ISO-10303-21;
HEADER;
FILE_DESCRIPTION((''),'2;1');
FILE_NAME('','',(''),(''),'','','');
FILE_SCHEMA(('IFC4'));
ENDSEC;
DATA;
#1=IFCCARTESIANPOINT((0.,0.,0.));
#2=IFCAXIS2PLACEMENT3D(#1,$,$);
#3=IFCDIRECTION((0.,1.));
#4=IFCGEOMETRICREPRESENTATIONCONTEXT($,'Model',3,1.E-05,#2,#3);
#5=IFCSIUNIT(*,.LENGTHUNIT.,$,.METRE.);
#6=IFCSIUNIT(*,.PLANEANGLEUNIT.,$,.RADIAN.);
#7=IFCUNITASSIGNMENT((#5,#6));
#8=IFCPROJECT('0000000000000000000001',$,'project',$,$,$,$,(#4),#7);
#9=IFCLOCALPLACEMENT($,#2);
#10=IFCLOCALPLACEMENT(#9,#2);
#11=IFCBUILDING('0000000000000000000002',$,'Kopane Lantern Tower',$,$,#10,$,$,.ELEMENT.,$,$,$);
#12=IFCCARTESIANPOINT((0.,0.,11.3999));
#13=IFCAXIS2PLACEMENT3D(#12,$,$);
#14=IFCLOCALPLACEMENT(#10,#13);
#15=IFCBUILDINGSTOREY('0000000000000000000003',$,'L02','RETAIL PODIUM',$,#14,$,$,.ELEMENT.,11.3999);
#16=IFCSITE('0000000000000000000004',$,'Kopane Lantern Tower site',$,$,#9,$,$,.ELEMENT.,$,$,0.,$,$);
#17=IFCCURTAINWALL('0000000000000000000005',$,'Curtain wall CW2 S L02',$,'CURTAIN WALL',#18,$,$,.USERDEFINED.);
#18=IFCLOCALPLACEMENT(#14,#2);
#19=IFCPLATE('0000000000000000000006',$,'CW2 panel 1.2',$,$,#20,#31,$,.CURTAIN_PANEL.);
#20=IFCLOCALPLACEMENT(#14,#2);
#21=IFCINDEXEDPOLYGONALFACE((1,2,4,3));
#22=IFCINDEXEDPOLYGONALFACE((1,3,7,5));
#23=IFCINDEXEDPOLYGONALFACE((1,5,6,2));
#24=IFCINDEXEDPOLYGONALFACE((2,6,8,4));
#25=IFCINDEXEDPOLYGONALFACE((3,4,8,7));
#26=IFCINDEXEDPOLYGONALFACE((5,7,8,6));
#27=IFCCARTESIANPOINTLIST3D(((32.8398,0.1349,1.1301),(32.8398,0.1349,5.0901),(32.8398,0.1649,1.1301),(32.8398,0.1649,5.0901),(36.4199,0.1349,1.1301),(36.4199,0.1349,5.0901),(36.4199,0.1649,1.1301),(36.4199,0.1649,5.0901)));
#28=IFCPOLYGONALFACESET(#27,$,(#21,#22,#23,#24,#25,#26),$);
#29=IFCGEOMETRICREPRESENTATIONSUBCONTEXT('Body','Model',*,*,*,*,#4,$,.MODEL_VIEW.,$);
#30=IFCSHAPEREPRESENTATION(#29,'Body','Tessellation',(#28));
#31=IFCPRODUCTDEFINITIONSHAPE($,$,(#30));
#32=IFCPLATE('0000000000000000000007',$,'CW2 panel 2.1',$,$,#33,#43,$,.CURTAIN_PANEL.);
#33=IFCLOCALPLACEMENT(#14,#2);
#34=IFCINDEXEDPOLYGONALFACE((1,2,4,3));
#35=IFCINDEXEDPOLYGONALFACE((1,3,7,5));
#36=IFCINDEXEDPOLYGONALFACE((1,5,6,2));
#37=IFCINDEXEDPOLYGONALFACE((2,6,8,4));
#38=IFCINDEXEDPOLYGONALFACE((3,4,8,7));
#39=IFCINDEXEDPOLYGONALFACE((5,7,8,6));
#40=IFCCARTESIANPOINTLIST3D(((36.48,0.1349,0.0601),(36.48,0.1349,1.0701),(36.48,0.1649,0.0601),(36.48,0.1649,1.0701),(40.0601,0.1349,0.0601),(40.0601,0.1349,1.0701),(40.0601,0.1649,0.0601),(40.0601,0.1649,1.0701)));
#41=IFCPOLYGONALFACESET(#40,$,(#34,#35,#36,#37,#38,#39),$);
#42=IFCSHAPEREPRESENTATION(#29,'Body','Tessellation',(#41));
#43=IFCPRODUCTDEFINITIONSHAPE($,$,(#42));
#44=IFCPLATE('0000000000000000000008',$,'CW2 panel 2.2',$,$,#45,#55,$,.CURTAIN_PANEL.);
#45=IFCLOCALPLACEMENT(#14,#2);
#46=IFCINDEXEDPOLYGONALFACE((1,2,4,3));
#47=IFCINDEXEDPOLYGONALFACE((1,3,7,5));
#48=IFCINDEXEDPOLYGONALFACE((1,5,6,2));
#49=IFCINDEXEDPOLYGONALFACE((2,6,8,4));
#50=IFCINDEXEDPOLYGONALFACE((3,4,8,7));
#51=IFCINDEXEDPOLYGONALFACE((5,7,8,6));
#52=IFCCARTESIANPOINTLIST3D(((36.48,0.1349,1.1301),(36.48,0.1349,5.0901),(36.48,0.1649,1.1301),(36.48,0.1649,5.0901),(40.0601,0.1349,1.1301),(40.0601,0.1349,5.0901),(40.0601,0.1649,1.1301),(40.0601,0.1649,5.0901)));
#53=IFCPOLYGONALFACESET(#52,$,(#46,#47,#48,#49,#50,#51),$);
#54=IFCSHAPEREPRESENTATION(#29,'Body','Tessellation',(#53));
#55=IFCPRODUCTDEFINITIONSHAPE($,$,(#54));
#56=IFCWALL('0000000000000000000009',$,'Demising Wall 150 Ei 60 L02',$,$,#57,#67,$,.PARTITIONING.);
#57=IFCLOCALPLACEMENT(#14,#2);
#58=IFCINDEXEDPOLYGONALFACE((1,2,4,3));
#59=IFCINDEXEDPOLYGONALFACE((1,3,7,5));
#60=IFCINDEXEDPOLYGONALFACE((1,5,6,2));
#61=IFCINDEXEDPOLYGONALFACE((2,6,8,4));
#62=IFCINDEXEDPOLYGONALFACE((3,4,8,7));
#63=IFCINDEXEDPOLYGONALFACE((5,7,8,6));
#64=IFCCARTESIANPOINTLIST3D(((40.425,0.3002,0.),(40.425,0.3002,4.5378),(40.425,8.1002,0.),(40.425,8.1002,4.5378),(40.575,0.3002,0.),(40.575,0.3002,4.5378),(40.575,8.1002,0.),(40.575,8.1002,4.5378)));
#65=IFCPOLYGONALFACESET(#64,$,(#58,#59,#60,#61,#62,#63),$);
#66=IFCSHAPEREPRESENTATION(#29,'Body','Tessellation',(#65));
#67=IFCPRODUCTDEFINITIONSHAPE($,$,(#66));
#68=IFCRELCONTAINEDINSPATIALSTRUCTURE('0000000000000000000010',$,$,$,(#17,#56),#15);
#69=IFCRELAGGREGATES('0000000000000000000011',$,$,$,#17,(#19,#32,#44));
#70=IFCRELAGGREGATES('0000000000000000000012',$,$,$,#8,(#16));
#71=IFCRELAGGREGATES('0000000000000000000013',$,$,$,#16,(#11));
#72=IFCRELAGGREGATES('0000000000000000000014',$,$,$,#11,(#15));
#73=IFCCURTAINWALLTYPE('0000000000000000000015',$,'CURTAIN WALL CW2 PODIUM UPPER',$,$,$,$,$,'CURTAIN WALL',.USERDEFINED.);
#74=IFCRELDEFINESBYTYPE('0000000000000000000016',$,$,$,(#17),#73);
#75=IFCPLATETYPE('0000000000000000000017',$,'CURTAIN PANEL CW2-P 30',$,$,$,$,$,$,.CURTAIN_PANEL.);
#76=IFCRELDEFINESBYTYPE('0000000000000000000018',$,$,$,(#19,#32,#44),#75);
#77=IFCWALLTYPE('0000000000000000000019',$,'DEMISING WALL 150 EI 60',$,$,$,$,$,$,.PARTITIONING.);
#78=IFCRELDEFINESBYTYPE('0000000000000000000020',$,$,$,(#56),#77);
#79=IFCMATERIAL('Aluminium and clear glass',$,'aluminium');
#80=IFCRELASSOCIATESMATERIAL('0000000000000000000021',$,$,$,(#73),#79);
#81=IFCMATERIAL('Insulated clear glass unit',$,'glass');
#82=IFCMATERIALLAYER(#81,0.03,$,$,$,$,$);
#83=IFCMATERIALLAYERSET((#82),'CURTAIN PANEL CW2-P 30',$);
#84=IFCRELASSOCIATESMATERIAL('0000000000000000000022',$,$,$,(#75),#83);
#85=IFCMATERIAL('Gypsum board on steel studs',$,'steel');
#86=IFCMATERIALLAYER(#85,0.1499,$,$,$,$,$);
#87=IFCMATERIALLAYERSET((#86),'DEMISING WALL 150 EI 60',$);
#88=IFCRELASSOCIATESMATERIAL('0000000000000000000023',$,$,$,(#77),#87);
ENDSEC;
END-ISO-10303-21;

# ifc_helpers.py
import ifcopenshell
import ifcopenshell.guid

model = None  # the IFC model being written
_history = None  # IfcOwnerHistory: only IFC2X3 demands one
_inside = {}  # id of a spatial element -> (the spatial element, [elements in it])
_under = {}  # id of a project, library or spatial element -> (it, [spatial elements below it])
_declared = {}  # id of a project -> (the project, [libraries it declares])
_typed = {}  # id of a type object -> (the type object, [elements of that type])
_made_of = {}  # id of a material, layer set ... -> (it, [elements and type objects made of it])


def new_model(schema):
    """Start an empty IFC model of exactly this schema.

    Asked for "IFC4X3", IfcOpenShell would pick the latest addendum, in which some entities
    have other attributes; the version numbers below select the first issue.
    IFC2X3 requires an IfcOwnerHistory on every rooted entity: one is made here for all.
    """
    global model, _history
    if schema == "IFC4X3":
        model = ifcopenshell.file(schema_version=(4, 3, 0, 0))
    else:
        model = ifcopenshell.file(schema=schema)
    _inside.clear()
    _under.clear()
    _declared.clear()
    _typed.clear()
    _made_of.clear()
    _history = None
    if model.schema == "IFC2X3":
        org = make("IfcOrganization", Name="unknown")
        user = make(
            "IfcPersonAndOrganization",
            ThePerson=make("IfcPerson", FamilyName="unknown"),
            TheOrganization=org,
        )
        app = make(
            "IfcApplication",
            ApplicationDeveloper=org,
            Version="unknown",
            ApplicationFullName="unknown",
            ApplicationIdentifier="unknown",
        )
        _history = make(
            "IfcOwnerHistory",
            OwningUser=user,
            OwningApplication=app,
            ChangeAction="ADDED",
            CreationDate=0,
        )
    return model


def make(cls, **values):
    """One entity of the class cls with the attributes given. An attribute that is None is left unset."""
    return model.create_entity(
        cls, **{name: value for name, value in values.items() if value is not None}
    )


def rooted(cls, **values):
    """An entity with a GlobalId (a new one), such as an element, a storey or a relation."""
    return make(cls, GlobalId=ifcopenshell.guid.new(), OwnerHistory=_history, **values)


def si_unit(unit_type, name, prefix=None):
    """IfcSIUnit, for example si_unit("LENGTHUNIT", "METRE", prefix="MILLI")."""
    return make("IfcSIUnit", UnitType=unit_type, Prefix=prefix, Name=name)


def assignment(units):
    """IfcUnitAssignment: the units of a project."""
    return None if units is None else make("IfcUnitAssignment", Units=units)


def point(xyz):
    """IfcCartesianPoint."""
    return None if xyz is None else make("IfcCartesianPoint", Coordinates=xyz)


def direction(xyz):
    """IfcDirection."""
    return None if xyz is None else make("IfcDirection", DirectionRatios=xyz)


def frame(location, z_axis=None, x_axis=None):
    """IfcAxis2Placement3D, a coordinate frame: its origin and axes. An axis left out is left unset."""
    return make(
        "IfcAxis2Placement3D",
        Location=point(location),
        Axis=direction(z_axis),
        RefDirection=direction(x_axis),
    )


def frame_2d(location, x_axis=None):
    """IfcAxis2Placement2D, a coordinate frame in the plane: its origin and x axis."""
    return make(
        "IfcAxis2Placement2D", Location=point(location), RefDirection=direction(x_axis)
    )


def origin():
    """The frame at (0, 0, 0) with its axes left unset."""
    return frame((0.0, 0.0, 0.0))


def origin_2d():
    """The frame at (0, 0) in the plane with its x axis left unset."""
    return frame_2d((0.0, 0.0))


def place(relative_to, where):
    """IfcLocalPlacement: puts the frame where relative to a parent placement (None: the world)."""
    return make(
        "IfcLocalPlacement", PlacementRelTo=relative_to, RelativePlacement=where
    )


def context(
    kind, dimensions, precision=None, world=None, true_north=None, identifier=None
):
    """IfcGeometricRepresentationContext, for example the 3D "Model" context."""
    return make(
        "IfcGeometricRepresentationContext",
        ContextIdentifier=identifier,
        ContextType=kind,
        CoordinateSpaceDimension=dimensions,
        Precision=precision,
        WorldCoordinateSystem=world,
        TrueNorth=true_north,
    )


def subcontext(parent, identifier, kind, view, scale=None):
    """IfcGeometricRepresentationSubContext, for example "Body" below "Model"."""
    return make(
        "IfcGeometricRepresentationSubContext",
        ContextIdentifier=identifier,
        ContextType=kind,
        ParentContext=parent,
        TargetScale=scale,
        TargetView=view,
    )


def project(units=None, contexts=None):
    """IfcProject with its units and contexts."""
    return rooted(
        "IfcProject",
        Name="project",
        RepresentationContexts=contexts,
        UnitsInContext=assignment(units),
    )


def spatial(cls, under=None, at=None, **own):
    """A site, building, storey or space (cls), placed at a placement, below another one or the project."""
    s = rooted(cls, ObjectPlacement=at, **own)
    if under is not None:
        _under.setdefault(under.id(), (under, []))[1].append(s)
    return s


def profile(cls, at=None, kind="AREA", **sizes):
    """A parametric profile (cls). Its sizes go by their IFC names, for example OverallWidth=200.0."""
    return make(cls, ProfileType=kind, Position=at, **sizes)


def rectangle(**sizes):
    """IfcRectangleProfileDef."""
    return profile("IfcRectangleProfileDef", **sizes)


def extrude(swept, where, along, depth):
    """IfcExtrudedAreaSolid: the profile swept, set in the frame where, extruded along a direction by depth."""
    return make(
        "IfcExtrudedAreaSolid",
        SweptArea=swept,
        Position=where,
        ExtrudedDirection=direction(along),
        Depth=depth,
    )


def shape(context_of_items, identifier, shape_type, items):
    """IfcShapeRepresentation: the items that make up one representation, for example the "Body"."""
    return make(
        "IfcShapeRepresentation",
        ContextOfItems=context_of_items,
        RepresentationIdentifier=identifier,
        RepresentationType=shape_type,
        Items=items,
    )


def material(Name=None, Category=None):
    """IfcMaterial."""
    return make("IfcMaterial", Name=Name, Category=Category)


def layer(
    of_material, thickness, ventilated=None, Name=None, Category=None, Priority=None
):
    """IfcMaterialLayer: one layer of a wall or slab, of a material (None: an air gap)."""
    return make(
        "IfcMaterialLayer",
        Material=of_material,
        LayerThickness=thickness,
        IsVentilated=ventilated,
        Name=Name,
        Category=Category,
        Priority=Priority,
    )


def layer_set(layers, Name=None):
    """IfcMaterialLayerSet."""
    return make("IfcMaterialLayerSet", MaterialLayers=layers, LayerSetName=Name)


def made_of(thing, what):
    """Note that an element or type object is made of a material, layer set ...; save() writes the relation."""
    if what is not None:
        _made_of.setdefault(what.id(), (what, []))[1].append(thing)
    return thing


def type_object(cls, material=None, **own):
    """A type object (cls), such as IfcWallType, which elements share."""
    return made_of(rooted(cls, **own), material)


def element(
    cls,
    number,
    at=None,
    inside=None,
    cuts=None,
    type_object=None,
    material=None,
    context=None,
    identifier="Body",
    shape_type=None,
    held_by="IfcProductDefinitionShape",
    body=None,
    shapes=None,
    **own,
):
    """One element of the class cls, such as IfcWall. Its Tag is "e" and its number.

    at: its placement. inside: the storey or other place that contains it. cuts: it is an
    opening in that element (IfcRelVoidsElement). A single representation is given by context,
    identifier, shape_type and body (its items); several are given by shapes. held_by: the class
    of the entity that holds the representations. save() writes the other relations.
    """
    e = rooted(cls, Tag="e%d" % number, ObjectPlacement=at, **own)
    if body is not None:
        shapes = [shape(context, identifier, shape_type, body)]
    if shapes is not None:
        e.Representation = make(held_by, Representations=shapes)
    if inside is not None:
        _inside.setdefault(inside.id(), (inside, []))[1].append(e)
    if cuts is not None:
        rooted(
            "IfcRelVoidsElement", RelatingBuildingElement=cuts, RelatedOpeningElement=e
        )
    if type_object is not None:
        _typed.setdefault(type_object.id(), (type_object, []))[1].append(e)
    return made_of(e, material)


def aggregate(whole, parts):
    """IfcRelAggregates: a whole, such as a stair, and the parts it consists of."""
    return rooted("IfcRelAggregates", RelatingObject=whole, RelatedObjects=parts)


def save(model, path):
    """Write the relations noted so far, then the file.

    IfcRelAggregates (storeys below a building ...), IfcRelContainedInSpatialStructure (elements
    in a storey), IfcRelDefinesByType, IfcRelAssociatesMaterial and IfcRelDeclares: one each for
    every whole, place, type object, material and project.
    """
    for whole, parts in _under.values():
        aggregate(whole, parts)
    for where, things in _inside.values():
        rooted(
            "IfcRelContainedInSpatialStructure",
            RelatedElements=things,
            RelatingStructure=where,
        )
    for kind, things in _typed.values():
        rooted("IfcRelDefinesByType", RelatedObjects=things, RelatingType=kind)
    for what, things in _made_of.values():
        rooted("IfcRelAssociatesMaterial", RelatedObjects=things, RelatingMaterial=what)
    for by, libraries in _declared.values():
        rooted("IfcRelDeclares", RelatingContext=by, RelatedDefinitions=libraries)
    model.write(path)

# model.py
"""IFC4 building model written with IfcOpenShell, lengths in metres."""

from ifc_helpers import new_model, si_unit, direction, frame, frame_2d, origin, origin_2d, place, context, subcontext, project, spatial, rectangle, extrude, material, layer, layer_set, type_object, element, aggregate, save


model = new_model("IFC4")

# Units and contexts
model_context = context("Model", 3, precision=1e-05, world=origin(), true_north=direction((0.0, 1.0)))
body_context = subcontext(model_context, "Body", "Model", "MODEL_VIEW")
ifc_project = project(units=[si_unit("LENGTHUNIT", "METRE"), si_unit("PLANEANGLEUNIT", "RADIAN")], contexts=[model_context])

# Site, building, storey
site_placement = place(None, origin())
site = spatial("IfcSite", under=ifc_project, at=site_placement, Name="Kopane Lantern Tower site", CompositionType="ELEMENT", RefElevation=0.0)
building_placement = place(site_placement, origin())
building = spatial("IfcBuilding", under=site, at=building_placement, Name="Kopane Lantern Tower", CompositionType="ELEMENT")
storey_placement = place(building_placement, frame((0.0, 0.0, 11.3999)))
storey = spatial("IfcBuildingStorey", under=building, at=storey_placement, Name="L02", Description="RETAIL PODIUM", CompositionType="ELEMENT", Elevation=11.3999)

# Curtain wall
ifc_material_1 = material(Name="Aluminium and clear glass", Category="aluminium")
curtain_wall_type = type_object("IfcCurtainWallType", Name="CURTAIN WALL CW2 PODIUM UPPER", ElementType="CURTAIN WALL", PredefinedType="USERDEFINED", material=ifc_material_1)
curtain_wall_1_placement = place(storey_placement, origin())
curtain_wall_1 = element("IfcCurtainWall", 1, at=curtain_wall_1_placement, inside=storey, type_object=curtain_wall_type, Name="Curtain wall CW2 S L02", ObjectType="CURTAIN WALL", PredefinedType="USERDEFINED")

# Plates
ifc_material_2 = material(Name="Insulated clear glass unit", Category="glass")
ifc_layer_1 = layer(ifc_material_2, 0.03)
ifc_layer_set_1 = layer_set([ifc_layer_1], Name="CURTAIN PANEL CW2-P 30")
plate_type = type_object("IfcPlateType", Name="CURTAIN PANEL CW2-P 30", PredefinedType="CURTAIN_PANEL", material=ifc_layer_set_1)
plate_1_placement = place(storey_placement, frame((34.6299, 0.1499, 1.1301), z_axis=(0.0, 0.0, 1.0), x_axis=(1.0, 0.0, 0.0)))
plate_1 = element("IfcPlate", 2, at=plate_1_placement, type_object=plate_type, Name="CW2 panel 1.2", PredefinedType="CURTAIN_PANEL", context=body_context, shape_type="SweptSolid", body=[
    extrude(rectangle(XDim=3.5801, YDim=0.03, at=origin_2d()), origin(), (0.0, 0.0, 1.0), 3.96),
])
plate_2_placement = place(storey_placement, frame((38.27, 0.1499, 0.0601), z_axis=(0.0, 0.0, 1.0), x_axis=(1.0, 0.0, 0.0)))
plate_2 = element("IfcPlate", 3, at=plate_2_placement, type_object=plate_type, Name="CW2 panel 2.1", PredefinedType="CURTAIN_PANEL", context=body_context, shape_type="SweptSolid", body=[
    extrude(rectangle(XDim=3.5801, YDim=0.03, at=origin_2d()), origin(), (0.0, 0.0, 1.0), 1.01),
])
plate_3_placement = place(storey_placement, frame((38.27, 0.1499, 1.1301), z_axis=(0.0, 0.0, 1.0), x_axis=(1.0, 0.0, 0.0)))
plate_3 = element("IfcPlate", 4, at=plate_3_placement, type_object=plate_type, Name="CW2 panel 2.2", PredefinedType="CURTAIN_PANEL", context=body_context, shape_type="SweptSolid", body=[
    extrude(rectangle(XDim=3.5801, YDim=0.03, at=origin_2d()), origin(), (0.0, 0.0, 1.0), 3.96),
])
aggregate(curtain_wall_1, [plate_1, plate_2, plate_3])

# Wall
ifc_material_3 = material(Name="Gypsum board on steel studs", Category="steel")
ifc_layer_2 = layer(ifc_material_3, 0.1499)
ifc_layer_set_2 = layer_set([ifc_layer_2], Name="DEMISING WALL 150 EI 60")
wall_type = type_object("IfcWallType", Name="DEMISING WALL 150 EI 60", PredefinedType="PARTITIONING", material=ifc_layer_set_2)
wall_placement = place(storey_placement, frame((40.5, 8.1001, 0.0), z_axis=(0.0, 0.0, 1.0), x_axis=(0.0, -1.0, 0.0)))
element("IfcWall", 5, at=wall_placement, inside=storey, type_object=wall_type, Name="Demising Wall 150 Ei 60 L02", PredefinedType="PARTITIONING", context=body_context, shape_type="SweptSolid", body=[
    extrude(rectangle(XDim=7.8, YDim=0.1499, at=frame_2d((3.8999, 0.0))), origin(), (0.0, 0.0, 1.0), 4.5378),
])

save(model, "model.ifc")
